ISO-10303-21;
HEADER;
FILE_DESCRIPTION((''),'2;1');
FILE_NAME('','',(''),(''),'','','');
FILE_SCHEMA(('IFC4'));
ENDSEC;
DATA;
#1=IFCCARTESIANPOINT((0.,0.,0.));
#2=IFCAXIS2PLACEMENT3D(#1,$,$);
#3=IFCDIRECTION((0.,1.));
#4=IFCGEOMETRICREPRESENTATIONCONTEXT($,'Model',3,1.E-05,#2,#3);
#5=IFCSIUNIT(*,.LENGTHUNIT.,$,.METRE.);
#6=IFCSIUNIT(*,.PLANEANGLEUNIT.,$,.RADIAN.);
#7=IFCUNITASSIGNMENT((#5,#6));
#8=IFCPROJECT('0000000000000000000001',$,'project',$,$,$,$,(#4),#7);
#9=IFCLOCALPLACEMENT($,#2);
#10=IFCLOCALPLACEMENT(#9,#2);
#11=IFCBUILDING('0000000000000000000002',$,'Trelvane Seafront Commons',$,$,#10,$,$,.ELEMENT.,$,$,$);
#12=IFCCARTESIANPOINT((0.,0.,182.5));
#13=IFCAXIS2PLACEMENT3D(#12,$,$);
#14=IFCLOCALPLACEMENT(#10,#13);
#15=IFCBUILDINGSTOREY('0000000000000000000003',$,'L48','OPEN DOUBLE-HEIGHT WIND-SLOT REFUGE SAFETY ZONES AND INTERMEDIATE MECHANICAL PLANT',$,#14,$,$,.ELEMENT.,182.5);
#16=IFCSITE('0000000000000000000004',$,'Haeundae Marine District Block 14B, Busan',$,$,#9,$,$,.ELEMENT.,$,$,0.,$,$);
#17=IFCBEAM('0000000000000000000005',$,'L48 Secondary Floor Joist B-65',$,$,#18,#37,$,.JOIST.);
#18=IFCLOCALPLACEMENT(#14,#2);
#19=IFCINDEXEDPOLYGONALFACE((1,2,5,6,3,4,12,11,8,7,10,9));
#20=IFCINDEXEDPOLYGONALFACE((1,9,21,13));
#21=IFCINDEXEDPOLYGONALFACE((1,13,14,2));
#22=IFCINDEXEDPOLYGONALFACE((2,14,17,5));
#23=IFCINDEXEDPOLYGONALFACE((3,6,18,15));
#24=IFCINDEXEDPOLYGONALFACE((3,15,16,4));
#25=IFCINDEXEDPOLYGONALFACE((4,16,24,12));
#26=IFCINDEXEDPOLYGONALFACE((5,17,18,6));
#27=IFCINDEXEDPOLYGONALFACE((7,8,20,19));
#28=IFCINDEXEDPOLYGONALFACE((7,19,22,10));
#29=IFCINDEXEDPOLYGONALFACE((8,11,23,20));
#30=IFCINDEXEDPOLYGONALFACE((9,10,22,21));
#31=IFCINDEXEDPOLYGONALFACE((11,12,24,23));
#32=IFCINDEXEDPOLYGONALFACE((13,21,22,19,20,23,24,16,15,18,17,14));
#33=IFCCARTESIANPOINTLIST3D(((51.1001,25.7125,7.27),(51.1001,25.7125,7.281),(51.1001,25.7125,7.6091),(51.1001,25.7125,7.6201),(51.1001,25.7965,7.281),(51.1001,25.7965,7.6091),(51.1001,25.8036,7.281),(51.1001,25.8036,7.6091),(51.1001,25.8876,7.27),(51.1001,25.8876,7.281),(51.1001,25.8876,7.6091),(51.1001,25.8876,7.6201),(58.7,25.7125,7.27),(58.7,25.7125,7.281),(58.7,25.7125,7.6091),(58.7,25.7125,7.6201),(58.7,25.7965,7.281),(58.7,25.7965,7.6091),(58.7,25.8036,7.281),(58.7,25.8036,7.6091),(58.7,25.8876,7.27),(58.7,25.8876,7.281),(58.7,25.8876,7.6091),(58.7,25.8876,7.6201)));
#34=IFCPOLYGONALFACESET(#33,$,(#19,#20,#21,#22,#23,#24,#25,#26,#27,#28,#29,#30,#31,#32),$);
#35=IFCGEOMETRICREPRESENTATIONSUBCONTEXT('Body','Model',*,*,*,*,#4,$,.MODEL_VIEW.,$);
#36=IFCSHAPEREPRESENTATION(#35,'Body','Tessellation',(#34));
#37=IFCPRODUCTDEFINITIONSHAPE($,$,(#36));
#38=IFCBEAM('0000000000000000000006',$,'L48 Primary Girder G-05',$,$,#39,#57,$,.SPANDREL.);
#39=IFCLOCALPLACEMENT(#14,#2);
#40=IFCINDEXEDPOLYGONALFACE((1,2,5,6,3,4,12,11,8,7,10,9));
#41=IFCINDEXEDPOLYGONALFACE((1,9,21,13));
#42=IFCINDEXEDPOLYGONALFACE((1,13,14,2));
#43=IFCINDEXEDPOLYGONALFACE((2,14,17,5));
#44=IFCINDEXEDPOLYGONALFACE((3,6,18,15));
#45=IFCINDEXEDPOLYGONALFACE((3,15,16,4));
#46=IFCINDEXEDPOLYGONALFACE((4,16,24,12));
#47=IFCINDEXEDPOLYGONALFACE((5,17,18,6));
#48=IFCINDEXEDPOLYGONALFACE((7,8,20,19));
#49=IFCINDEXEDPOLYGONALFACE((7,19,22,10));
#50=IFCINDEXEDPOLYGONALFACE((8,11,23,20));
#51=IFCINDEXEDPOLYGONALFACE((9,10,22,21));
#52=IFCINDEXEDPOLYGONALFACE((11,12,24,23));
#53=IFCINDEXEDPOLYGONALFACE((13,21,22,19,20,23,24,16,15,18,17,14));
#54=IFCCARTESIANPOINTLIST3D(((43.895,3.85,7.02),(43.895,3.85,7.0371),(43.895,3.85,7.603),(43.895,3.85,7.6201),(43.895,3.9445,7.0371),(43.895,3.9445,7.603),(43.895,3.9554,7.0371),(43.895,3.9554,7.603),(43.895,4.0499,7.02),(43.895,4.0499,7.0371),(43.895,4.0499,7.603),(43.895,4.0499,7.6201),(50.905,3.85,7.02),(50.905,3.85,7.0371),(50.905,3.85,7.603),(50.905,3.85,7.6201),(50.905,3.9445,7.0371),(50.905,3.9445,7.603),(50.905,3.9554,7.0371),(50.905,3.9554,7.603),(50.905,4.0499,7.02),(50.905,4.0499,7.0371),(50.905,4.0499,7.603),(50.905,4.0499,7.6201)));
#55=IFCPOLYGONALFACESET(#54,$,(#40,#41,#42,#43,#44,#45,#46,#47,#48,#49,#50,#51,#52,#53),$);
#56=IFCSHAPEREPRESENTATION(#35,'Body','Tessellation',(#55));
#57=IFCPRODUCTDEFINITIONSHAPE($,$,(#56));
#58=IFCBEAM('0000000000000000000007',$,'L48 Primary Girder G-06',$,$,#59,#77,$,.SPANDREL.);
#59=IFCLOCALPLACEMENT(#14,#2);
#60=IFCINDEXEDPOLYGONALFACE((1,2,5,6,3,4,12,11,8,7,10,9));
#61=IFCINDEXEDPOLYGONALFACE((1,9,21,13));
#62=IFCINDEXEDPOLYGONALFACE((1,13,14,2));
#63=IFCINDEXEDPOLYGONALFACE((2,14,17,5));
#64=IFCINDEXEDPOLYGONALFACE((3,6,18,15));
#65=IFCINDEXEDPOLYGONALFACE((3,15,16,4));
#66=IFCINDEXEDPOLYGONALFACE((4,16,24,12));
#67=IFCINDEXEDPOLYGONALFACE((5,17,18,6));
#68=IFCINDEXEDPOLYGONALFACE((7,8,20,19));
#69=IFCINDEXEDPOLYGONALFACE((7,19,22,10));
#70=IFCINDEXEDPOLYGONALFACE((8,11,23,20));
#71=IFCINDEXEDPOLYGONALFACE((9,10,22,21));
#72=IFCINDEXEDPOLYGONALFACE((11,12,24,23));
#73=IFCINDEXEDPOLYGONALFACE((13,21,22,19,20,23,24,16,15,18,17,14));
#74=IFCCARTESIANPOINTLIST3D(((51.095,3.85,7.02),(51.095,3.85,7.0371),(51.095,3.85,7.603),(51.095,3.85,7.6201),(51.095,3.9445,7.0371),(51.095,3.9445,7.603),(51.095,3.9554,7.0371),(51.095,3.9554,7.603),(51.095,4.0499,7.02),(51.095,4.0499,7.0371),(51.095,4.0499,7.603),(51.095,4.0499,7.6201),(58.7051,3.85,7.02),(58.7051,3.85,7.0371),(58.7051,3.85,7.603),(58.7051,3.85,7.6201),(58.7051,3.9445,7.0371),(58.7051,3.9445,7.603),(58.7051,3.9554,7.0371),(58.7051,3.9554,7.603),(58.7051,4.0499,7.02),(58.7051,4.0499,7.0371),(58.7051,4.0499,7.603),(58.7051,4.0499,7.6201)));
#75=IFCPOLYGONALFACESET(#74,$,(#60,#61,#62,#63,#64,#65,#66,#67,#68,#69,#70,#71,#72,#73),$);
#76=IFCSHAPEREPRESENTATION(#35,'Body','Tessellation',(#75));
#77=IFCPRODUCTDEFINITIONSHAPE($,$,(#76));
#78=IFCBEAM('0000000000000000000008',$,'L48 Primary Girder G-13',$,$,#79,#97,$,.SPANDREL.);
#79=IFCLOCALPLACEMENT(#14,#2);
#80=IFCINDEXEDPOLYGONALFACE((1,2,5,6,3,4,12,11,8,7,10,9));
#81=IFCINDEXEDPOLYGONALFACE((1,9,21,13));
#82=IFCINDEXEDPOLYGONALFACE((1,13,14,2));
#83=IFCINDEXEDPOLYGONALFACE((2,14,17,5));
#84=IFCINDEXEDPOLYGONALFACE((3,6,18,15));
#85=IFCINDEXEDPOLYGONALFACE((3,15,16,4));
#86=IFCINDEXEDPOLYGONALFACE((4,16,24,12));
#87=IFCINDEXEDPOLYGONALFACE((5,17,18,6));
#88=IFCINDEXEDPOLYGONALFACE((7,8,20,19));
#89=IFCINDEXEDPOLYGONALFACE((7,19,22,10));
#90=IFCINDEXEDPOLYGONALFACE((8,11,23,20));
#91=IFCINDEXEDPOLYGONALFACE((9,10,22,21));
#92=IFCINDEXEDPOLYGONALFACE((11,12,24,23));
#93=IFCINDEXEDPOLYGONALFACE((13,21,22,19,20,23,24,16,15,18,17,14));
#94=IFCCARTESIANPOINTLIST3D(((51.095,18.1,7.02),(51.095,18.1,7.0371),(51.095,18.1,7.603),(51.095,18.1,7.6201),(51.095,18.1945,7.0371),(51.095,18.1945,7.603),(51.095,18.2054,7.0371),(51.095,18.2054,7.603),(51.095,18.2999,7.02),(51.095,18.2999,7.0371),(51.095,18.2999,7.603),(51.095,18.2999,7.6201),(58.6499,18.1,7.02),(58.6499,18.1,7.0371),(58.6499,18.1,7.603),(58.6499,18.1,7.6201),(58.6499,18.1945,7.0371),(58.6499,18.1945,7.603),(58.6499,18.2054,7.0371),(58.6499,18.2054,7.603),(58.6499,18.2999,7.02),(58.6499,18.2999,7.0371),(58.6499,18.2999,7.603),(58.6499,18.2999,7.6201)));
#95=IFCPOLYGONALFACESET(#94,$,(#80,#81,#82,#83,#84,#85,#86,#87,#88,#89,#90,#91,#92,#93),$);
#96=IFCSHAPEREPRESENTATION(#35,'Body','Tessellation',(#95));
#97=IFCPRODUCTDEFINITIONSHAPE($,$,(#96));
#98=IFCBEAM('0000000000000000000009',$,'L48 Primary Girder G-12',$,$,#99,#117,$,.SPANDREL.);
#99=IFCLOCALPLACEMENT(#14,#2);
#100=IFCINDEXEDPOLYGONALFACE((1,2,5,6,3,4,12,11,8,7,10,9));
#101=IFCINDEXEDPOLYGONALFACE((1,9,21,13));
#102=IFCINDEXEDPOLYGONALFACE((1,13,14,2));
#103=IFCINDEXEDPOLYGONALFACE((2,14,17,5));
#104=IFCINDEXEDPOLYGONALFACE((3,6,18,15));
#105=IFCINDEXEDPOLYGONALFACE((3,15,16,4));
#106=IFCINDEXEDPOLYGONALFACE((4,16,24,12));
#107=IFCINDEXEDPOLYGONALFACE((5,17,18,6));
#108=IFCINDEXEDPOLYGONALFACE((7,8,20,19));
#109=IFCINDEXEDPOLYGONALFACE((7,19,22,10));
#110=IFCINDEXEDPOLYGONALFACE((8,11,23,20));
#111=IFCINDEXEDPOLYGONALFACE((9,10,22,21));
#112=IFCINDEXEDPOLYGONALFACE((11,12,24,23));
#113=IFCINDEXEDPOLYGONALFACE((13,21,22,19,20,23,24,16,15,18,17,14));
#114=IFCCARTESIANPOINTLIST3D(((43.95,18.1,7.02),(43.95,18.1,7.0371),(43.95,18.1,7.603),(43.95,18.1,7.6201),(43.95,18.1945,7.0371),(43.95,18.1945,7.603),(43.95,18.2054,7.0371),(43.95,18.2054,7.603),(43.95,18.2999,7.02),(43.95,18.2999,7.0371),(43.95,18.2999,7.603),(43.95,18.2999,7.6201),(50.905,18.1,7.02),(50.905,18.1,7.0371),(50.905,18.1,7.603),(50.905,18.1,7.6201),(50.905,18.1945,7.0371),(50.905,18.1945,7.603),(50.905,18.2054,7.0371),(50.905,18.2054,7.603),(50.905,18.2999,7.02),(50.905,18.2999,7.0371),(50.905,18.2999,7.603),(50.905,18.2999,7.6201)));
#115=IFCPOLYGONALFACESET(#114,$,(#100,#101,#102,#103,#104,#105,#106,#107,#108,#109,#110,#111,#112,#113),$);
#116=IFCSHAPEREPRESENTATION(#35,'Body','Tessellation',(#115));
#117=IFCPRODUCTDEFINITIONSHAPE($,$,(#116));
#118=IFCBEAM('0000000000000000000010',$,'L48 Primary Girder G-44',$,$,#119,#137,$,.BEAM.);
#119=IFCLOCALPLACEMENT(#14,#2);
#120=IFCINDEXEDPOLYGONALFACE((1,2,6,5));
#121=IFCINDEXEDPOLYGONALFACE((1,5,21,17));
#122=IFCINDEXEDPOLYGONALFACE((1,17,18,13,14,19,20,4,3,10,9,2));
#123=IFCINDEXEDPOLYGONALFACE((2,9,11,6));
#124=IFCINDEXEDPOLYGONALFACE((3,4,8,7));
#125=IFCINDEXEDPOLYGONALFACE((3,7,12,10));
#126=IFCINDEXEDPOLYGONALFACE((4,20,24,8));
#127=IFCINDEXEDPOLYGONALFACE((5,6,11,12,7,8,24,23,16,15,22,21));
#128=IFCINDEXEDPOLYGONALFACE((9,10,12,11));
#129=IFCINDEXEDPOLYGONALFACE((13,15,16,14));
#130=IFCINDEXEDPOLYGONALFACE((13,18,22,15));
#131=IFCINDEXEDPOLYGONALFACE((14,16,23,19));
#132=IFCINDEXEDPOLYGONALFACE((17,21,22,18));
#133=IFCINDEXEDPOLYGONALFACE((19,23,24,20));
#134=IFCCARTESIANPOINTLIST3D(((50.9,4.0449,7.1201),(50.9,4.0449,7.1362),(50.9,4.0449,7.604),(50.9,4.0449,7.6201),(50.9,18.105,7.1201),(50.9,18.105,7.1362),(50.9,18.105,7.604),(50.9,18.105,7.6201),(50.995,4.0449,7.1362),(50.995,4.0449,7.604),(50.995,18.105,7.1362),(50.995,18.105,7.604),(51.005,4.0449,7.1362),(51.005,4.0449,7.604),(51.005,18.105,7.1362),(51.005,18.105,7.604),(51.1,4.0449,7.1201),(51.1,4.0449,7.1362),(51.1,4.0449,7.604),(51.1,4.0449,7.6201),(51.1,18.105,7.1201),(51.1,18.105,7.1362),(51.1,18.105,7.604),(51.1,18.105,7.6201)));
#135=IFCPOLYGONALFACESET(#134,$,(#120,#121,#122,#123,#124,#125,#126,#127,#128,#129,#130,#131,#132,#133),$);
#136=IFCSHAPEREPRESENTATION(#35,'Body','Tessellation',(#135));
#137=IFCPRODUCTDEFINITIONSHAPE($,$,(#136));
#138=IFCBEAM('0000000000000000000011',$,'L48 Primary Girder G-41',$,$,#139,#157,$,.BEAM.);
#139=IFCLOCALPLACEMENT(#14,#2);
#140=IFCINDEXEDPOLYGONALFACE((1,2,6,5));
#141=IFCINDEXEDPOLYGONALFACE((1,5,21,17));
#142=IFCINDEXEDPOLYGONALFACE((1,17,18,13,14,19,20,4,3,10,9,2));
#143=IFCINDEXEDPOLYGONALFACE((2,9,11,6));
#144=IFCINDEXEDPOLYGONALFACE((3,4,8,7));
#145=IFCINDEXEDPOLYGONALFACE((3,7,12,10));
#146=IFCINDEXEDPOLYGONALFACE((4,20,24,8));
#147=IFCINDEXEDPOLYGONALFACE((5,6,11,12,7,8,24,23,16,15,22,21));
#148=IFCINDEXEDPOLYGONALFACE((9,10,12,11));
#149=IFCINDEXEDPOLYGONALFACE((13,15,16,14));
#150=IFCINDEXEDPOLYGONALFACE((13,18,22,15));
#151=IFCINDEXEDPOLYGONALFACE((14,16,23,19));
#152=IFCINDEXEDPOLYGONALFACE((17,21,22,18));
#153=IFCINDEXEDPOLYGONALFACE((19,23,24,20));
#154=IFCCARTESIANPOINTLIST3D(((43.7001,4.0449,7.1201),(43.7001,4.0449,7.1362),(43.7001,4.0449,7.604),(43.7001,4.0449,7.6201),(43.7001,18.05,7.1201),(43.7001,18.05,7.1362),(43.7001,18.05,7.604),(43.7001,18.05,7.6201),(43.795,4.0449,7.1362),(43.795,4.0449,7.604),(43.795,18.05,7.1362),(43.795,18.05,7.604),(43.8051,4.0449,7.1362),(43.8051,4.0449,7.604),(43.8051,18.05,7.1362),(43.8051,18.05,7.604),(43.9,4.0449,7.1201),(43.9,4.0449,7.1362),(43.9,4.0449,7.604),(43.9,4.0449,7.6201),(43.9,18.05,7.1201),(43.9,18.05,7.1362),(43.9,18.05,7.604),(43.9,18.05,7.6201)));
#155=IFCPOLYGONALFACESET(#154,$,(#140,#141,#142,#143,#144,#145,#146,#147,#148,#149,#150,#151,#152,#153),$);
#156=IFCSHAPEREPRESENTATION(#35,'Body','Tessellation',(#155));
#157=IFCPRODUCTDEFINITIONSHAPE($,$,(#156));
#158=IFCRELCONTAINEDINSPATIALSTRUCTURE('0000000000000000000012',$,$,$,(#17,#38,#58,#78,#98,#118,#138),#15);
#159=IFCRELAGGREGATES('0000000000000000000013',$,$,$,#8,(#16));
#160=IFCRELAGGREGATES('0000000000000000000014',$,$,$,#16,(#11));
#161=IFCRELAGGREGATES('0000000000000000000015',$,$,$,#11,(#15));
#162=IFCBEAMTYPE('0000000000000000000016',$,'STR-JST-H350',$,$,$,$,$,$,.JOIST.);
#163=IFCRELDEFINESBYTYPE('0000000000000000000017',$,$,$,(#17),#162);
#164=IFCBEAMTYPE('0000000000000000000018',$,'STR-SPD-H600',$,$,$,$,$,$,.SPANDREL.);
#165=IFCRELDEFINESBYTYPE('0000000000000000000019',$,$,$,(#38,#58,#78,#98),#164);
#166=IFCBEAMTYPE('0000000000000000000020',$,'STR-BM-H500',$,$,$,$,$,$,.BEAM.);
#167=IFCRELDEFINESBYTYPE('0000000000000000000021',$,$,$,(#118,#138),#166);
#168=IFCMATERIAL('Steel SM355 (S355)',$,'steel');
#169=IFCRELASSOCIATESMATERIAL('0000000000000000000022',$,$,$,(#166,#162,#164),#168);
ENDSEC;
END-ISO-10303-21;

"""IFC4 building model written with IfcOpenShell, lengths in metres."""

from ifc_helpers import new_model, si_unit, direction, frame, origin, origin_2d, place, context, subcontext, project, spatial, i_section, extrude, source, transform, mapped, material, material_profile, profile_set, type_object, element, save


model = new_model("IFC4")

# Units and contexts
model_context = context("Model", 3, precision=1e-05, world=origin(), true_north=direction((0.0, 1.0)))
body_context = subcontext(model_context, "Body", "Model", "MODEL_VIEW")
ifc_project = project(units=[si_unit("LENGTHUNIT", "METRE"), si_unit("PLANEANGLEUNIT", "RADIAN")], contexts=[model_context])

# Site, building, storey
site_placement = place(None, origin())
site = spatial("IfcSite", under=ifc_project, at=site_placement, Name="Haeundae Marine District Block 14B, Busan", CompositionType="ELEMENT", RefElevation=0.0)
building_placement = place(site_placement, origin())
building = spatial("IfcBuilding", under=site, at=building_placement, Name="Trelvane Seafront Commons", CompositionType="ELEMENT")
storey_placement = place(building_placement, frame((0.0, 0.0, 182.5)))
storey = spatial("IfcBuildingStorey", under=building, at=storey_placement, Name="L48", Description="OPEN DOUBLE-HEIGHT WIND-SLOT REFUGE SAFETY ZONES AND INTERMEDIATE MECHANICAL PLANT", CompositionType="ELEMENT", Elevation=182.5)

# Shared definitions
ifc_material_1 = material(Name="Steel SM355 (S355)", Category="steel")

# Beams
ifc_material_profile_1 = material_profile(ifc_material_1, i_section(OverallWidth=0.2, OverallDepth=0.5, WebThickness=0.01, FlangeThickness=0.0161, at=origin_2d()), Name="H-500x200x10x16")
ifc_profile_set_1 = profile_set([ifc_material_profile_1], Name="Steel SM355 (S355)")
beam_type_1 = type_object("IfcBeamType", Name="STR-BM-H500", PredefinedType="BEAM", material=ifc_profile_set_1)
ifc_material_profile_2 = material_profile(ifc_material_1, i_section(OverallWidth=0.175, OverallDepth=0.3501, WebThickness=0.0071, FlangeThickness=0.011, at=origin_2d()), Name="H-350x175x7x11")
ifc_profile_set_2 = profile_set([ifc_material_profile_2], Name="Steel SM355 (S355)")
beam_type_2 = type_object("IfcBeamType", Name="STR-JST-H350", PredefinedType="JOIST", material=ifc_profile_set_2)
shared_shape_1 = source(origin(), body_context, "Body", "SweptSolid", [
    extrude(i_section(OverallWidth=0.175, OverallDepth=0.3501, WebThickness=0.0071, FlangeThickness=0.011, at=origin_2d()), origin(), (0.0, 0.0, 1.0), 7.5999),
])
for number, where, z_axis, x_axis, name in (
    (1, (51.1001, 25.8, 7.4451), (1.0, 0.0, 0.0), (0.0, 1.0, 0.0), "L48 Secondary Floor Joist B-65"),
):
    element("IfcBeam", number, at=place(storey_placement, frame(where, z_axis=z_axis, x_axis=x_axis)), inside=storey, type_object=beam_type_2, Name=name, PredefinedType="JOIST", context=body_context, shape_type="MappedRepresentation", body=[
        mapped(shared_shape_1, transform((0.0, 0.0, 0.0), x_axis=(1.0, 0.0, 0.0), y_axis=(0.0, 1.0, 0.0), z_axis=(0.0, 0.0, 1.0), scale=1.0)),
    ])
ifc_material_profile_3 = material_profile(ifc_material_1, i_section(OverallWidth=0.2, OverallDepth=0.6001, WebThickness=0.011, FlangeThickness=0.0171, at=origin_2d()), Name="H-600x200x11x17")
ifc_profile_set_3 = profile_set([ifc_material_profile_3], Name="Steel SM355 (S355)")
beam_type_3 = type_object("IfcBeamType", Name="STR-SPD-H600", PredefinedType="SPANDREL", material=ifc_profile_set_3)
shared_shape_2 = source(origin(), body_context, "Body", "SweptSolid", [
    extrude(i_section(OverallWidth=0.2, OverallDepth=0.6001, WebThickness=0.011, FlangeThickness=0.0171, at=origin_2d()), origin(), (0.0, 0.0, 1.0), 7.01),
])
beam_1_placement = place(storey_placement, frame((43.895, 3.95, 7.3201), z_axis=(1.0, 0.0, 0.0), x_axis=(0.0, 1.0, 0.0)))
element("IfcBeam", 2, at=beam_1_placement, inside=storey, type_object=beam_type_3, Name="L48 Primary Girder G-05", PredefinedType="SPANDREL", context=body_context, shape_type="MappedRepresentation", body=[
    mapped(shared_shape_2, transform((0.0, 0.0, 0.0), x_axis=(1.0, 0.0, 0.0), y_axis=(0.0, 1.0, 0.0), z_axis=(0.0, 0.0, 1.0), scale=1.0)),
])
shared_shape_3 = source(origin(), body_context, "Body", "SweptSolid", [
    extrude(i_section(OverallWidth=0.2, OverallDepth=0.6001, WebThickness=0.011, FlangeThickness=0.0171, at=origin_2d()), origin(), (0.0, 0.0, 1.0), 7.6101),
])
beam_2_placement = place(storey_placement, frame((51.095, 3.95, 7.3201), z_axis=(1.0, 0.0, 0.0), x_axis=(0.0, 1.0, 0.0)))
element("IfcBeam", 3, at=beam_2_placement, inside=storey, type_object=beam_type_3, Name="L48 Primary Girder G-06", PredefinedType="SPANDREL", context=body_context, shape_type="MappedRepresentation", body=[
    mapped(shared_shape_3, transform((0.0, 0.0, 0.0), x_axis=(1.0, 0.0, 0.0), y_axis=(0.0, 1.0, 0.0), z_axis=(0.0, 0.0, 1.0), scale=1.0)),
])
shared_shape_4 = source(origin(), body_context, "Body", "SweptSolid", [
    extrude(i_section(OverallWidth=0.2, OverallDepth=0.6001, WebThickness=0.011, FlangeThickness=0.0171, at=origin_2d()), origin(), (0.0, 0.0, 1.0), 7.5549),
])
beam_3_placement = place(storey_placement, frame((51.095, 18.2, 7.3201), z_axis=(1.0, 0.0, 0.0), x_axis=(0.0, 1.0, 0.0)))
element("IfcBeam", 4, at=beam_3_placement, inside=storey, type_object=beam_type_3, Name="L48 Primary Girder G-13", PredefinedType="SPANDREL", context=body_context, shape_type="MappedRepresentation", body=[
    mapped(shared_shape_4, transform((0.0, 0.0, 0.0), x_axis=(1.0, 0.0, 0.0), y_axis=(0.0, 1.0, 0.0), z_axis=(0.0, 0.0, 1.0), scale=1.0)),
])
shared_shape_5 = source(origin(), body_context, "Body", "SweptSolid", [
    extrude(i_section(OverallWidth=0.2, OverallDepth=0.6001, WebThickness=0.011, FlangeThickness=0.0171, at=origin_2d()), origin(), (0.0, 0.0, 1.0), 6.9551),
])
beam_4_placement = place(storey_placement, frame((43.95, 18.2, 7.3201), z_axis=(1.0, 0.0, 0.0), x_axis=(0.0, 1.0, 0.0)))
element("IfcBeam", 5, at=beam_4_placement, inside=storey, type_object=beam_type_3, Name="L48 Primary Girder G-12", PredefinedType="SPANDREL", context=body_context, shape_type="MappedRepresentation", body=[
    mapped(shared_shape_5, transform((0.0, 0.0, 0.0), x_axis=(1.0, 0.0, 0.0), y_axis=(0.0, 1.0, 0.0), z_axis=(0.0, 0.0, 1.0), scale=1.0)),
])
shared_shape_6 = source(origin(), body_context, "Body", "SweptSolid", [
    extrude(i_section(OverallWidth=0.2, OverallDepth=0.5, WebThickness=0.01, FlangeThickness=0.0161, at=origin_2d()), origin(), (0.0, 0.0, 1.0), 14.0601),
])
beam_5_placement = place(storey_placement, frame((51.0, 4.0449, 7.3701), z_axis=(0.0, 1.0, 0.0), x_axis=(-1.0, 0.0, 0.0)))
element("IfcBeam", 6, at=beam_5_placement, inside=storey, type_object=beam_type_1, Name="L48 Primary Girder G-44", PredefinedType="BEAM", context=body_context, shape_type="MappedRepresentation", body=[
    mapped(shared_shape_6, transform((0.0, 0.0, 0.0), x_axis=(1.0, 0.0, 0.0), y_axis=(0.0, 1.0, 0.0), z_axis=(0.0, 0.0, 1.0), scale=1.0)),
])
shared_shape_7 = source(origin(), body_context, "Body", "SweptSolid", [
    extrude(i_section(OverallWidth=0.2, OverallDepth=0.5, WebThickness=0.01, FlangeThickness=0.0161, at=origin_2d()), origin(), (0.0, 0.0, 1.0), 14.0051),
])
beam_6_placement = place(storey_placement, frame((43.8, 4.0449, 7.3701), z_axis=(0.0, 1.0, 0.0), x_axis=(-1.0, 0.0, 0.0)))
element("IfcBeam", 7, at=beam_6_placement, inside=storey, type_object=beam_type_1, Name="L48 Primary Girder G-41", PredefinedType="BEAM", context=body_context, shape_type="MappedRepresentation", body=[
    mapped(shared_shape_7, transform((0.0, 0.0, 0.0), x_axis=(1.0, 0.0, 0.0), y_axis=(0.0, 1.0, 0.0), z_axis=(0.0, 0.0, 1.0), scale=1.0)),
])

save(model, "model.ifc")
